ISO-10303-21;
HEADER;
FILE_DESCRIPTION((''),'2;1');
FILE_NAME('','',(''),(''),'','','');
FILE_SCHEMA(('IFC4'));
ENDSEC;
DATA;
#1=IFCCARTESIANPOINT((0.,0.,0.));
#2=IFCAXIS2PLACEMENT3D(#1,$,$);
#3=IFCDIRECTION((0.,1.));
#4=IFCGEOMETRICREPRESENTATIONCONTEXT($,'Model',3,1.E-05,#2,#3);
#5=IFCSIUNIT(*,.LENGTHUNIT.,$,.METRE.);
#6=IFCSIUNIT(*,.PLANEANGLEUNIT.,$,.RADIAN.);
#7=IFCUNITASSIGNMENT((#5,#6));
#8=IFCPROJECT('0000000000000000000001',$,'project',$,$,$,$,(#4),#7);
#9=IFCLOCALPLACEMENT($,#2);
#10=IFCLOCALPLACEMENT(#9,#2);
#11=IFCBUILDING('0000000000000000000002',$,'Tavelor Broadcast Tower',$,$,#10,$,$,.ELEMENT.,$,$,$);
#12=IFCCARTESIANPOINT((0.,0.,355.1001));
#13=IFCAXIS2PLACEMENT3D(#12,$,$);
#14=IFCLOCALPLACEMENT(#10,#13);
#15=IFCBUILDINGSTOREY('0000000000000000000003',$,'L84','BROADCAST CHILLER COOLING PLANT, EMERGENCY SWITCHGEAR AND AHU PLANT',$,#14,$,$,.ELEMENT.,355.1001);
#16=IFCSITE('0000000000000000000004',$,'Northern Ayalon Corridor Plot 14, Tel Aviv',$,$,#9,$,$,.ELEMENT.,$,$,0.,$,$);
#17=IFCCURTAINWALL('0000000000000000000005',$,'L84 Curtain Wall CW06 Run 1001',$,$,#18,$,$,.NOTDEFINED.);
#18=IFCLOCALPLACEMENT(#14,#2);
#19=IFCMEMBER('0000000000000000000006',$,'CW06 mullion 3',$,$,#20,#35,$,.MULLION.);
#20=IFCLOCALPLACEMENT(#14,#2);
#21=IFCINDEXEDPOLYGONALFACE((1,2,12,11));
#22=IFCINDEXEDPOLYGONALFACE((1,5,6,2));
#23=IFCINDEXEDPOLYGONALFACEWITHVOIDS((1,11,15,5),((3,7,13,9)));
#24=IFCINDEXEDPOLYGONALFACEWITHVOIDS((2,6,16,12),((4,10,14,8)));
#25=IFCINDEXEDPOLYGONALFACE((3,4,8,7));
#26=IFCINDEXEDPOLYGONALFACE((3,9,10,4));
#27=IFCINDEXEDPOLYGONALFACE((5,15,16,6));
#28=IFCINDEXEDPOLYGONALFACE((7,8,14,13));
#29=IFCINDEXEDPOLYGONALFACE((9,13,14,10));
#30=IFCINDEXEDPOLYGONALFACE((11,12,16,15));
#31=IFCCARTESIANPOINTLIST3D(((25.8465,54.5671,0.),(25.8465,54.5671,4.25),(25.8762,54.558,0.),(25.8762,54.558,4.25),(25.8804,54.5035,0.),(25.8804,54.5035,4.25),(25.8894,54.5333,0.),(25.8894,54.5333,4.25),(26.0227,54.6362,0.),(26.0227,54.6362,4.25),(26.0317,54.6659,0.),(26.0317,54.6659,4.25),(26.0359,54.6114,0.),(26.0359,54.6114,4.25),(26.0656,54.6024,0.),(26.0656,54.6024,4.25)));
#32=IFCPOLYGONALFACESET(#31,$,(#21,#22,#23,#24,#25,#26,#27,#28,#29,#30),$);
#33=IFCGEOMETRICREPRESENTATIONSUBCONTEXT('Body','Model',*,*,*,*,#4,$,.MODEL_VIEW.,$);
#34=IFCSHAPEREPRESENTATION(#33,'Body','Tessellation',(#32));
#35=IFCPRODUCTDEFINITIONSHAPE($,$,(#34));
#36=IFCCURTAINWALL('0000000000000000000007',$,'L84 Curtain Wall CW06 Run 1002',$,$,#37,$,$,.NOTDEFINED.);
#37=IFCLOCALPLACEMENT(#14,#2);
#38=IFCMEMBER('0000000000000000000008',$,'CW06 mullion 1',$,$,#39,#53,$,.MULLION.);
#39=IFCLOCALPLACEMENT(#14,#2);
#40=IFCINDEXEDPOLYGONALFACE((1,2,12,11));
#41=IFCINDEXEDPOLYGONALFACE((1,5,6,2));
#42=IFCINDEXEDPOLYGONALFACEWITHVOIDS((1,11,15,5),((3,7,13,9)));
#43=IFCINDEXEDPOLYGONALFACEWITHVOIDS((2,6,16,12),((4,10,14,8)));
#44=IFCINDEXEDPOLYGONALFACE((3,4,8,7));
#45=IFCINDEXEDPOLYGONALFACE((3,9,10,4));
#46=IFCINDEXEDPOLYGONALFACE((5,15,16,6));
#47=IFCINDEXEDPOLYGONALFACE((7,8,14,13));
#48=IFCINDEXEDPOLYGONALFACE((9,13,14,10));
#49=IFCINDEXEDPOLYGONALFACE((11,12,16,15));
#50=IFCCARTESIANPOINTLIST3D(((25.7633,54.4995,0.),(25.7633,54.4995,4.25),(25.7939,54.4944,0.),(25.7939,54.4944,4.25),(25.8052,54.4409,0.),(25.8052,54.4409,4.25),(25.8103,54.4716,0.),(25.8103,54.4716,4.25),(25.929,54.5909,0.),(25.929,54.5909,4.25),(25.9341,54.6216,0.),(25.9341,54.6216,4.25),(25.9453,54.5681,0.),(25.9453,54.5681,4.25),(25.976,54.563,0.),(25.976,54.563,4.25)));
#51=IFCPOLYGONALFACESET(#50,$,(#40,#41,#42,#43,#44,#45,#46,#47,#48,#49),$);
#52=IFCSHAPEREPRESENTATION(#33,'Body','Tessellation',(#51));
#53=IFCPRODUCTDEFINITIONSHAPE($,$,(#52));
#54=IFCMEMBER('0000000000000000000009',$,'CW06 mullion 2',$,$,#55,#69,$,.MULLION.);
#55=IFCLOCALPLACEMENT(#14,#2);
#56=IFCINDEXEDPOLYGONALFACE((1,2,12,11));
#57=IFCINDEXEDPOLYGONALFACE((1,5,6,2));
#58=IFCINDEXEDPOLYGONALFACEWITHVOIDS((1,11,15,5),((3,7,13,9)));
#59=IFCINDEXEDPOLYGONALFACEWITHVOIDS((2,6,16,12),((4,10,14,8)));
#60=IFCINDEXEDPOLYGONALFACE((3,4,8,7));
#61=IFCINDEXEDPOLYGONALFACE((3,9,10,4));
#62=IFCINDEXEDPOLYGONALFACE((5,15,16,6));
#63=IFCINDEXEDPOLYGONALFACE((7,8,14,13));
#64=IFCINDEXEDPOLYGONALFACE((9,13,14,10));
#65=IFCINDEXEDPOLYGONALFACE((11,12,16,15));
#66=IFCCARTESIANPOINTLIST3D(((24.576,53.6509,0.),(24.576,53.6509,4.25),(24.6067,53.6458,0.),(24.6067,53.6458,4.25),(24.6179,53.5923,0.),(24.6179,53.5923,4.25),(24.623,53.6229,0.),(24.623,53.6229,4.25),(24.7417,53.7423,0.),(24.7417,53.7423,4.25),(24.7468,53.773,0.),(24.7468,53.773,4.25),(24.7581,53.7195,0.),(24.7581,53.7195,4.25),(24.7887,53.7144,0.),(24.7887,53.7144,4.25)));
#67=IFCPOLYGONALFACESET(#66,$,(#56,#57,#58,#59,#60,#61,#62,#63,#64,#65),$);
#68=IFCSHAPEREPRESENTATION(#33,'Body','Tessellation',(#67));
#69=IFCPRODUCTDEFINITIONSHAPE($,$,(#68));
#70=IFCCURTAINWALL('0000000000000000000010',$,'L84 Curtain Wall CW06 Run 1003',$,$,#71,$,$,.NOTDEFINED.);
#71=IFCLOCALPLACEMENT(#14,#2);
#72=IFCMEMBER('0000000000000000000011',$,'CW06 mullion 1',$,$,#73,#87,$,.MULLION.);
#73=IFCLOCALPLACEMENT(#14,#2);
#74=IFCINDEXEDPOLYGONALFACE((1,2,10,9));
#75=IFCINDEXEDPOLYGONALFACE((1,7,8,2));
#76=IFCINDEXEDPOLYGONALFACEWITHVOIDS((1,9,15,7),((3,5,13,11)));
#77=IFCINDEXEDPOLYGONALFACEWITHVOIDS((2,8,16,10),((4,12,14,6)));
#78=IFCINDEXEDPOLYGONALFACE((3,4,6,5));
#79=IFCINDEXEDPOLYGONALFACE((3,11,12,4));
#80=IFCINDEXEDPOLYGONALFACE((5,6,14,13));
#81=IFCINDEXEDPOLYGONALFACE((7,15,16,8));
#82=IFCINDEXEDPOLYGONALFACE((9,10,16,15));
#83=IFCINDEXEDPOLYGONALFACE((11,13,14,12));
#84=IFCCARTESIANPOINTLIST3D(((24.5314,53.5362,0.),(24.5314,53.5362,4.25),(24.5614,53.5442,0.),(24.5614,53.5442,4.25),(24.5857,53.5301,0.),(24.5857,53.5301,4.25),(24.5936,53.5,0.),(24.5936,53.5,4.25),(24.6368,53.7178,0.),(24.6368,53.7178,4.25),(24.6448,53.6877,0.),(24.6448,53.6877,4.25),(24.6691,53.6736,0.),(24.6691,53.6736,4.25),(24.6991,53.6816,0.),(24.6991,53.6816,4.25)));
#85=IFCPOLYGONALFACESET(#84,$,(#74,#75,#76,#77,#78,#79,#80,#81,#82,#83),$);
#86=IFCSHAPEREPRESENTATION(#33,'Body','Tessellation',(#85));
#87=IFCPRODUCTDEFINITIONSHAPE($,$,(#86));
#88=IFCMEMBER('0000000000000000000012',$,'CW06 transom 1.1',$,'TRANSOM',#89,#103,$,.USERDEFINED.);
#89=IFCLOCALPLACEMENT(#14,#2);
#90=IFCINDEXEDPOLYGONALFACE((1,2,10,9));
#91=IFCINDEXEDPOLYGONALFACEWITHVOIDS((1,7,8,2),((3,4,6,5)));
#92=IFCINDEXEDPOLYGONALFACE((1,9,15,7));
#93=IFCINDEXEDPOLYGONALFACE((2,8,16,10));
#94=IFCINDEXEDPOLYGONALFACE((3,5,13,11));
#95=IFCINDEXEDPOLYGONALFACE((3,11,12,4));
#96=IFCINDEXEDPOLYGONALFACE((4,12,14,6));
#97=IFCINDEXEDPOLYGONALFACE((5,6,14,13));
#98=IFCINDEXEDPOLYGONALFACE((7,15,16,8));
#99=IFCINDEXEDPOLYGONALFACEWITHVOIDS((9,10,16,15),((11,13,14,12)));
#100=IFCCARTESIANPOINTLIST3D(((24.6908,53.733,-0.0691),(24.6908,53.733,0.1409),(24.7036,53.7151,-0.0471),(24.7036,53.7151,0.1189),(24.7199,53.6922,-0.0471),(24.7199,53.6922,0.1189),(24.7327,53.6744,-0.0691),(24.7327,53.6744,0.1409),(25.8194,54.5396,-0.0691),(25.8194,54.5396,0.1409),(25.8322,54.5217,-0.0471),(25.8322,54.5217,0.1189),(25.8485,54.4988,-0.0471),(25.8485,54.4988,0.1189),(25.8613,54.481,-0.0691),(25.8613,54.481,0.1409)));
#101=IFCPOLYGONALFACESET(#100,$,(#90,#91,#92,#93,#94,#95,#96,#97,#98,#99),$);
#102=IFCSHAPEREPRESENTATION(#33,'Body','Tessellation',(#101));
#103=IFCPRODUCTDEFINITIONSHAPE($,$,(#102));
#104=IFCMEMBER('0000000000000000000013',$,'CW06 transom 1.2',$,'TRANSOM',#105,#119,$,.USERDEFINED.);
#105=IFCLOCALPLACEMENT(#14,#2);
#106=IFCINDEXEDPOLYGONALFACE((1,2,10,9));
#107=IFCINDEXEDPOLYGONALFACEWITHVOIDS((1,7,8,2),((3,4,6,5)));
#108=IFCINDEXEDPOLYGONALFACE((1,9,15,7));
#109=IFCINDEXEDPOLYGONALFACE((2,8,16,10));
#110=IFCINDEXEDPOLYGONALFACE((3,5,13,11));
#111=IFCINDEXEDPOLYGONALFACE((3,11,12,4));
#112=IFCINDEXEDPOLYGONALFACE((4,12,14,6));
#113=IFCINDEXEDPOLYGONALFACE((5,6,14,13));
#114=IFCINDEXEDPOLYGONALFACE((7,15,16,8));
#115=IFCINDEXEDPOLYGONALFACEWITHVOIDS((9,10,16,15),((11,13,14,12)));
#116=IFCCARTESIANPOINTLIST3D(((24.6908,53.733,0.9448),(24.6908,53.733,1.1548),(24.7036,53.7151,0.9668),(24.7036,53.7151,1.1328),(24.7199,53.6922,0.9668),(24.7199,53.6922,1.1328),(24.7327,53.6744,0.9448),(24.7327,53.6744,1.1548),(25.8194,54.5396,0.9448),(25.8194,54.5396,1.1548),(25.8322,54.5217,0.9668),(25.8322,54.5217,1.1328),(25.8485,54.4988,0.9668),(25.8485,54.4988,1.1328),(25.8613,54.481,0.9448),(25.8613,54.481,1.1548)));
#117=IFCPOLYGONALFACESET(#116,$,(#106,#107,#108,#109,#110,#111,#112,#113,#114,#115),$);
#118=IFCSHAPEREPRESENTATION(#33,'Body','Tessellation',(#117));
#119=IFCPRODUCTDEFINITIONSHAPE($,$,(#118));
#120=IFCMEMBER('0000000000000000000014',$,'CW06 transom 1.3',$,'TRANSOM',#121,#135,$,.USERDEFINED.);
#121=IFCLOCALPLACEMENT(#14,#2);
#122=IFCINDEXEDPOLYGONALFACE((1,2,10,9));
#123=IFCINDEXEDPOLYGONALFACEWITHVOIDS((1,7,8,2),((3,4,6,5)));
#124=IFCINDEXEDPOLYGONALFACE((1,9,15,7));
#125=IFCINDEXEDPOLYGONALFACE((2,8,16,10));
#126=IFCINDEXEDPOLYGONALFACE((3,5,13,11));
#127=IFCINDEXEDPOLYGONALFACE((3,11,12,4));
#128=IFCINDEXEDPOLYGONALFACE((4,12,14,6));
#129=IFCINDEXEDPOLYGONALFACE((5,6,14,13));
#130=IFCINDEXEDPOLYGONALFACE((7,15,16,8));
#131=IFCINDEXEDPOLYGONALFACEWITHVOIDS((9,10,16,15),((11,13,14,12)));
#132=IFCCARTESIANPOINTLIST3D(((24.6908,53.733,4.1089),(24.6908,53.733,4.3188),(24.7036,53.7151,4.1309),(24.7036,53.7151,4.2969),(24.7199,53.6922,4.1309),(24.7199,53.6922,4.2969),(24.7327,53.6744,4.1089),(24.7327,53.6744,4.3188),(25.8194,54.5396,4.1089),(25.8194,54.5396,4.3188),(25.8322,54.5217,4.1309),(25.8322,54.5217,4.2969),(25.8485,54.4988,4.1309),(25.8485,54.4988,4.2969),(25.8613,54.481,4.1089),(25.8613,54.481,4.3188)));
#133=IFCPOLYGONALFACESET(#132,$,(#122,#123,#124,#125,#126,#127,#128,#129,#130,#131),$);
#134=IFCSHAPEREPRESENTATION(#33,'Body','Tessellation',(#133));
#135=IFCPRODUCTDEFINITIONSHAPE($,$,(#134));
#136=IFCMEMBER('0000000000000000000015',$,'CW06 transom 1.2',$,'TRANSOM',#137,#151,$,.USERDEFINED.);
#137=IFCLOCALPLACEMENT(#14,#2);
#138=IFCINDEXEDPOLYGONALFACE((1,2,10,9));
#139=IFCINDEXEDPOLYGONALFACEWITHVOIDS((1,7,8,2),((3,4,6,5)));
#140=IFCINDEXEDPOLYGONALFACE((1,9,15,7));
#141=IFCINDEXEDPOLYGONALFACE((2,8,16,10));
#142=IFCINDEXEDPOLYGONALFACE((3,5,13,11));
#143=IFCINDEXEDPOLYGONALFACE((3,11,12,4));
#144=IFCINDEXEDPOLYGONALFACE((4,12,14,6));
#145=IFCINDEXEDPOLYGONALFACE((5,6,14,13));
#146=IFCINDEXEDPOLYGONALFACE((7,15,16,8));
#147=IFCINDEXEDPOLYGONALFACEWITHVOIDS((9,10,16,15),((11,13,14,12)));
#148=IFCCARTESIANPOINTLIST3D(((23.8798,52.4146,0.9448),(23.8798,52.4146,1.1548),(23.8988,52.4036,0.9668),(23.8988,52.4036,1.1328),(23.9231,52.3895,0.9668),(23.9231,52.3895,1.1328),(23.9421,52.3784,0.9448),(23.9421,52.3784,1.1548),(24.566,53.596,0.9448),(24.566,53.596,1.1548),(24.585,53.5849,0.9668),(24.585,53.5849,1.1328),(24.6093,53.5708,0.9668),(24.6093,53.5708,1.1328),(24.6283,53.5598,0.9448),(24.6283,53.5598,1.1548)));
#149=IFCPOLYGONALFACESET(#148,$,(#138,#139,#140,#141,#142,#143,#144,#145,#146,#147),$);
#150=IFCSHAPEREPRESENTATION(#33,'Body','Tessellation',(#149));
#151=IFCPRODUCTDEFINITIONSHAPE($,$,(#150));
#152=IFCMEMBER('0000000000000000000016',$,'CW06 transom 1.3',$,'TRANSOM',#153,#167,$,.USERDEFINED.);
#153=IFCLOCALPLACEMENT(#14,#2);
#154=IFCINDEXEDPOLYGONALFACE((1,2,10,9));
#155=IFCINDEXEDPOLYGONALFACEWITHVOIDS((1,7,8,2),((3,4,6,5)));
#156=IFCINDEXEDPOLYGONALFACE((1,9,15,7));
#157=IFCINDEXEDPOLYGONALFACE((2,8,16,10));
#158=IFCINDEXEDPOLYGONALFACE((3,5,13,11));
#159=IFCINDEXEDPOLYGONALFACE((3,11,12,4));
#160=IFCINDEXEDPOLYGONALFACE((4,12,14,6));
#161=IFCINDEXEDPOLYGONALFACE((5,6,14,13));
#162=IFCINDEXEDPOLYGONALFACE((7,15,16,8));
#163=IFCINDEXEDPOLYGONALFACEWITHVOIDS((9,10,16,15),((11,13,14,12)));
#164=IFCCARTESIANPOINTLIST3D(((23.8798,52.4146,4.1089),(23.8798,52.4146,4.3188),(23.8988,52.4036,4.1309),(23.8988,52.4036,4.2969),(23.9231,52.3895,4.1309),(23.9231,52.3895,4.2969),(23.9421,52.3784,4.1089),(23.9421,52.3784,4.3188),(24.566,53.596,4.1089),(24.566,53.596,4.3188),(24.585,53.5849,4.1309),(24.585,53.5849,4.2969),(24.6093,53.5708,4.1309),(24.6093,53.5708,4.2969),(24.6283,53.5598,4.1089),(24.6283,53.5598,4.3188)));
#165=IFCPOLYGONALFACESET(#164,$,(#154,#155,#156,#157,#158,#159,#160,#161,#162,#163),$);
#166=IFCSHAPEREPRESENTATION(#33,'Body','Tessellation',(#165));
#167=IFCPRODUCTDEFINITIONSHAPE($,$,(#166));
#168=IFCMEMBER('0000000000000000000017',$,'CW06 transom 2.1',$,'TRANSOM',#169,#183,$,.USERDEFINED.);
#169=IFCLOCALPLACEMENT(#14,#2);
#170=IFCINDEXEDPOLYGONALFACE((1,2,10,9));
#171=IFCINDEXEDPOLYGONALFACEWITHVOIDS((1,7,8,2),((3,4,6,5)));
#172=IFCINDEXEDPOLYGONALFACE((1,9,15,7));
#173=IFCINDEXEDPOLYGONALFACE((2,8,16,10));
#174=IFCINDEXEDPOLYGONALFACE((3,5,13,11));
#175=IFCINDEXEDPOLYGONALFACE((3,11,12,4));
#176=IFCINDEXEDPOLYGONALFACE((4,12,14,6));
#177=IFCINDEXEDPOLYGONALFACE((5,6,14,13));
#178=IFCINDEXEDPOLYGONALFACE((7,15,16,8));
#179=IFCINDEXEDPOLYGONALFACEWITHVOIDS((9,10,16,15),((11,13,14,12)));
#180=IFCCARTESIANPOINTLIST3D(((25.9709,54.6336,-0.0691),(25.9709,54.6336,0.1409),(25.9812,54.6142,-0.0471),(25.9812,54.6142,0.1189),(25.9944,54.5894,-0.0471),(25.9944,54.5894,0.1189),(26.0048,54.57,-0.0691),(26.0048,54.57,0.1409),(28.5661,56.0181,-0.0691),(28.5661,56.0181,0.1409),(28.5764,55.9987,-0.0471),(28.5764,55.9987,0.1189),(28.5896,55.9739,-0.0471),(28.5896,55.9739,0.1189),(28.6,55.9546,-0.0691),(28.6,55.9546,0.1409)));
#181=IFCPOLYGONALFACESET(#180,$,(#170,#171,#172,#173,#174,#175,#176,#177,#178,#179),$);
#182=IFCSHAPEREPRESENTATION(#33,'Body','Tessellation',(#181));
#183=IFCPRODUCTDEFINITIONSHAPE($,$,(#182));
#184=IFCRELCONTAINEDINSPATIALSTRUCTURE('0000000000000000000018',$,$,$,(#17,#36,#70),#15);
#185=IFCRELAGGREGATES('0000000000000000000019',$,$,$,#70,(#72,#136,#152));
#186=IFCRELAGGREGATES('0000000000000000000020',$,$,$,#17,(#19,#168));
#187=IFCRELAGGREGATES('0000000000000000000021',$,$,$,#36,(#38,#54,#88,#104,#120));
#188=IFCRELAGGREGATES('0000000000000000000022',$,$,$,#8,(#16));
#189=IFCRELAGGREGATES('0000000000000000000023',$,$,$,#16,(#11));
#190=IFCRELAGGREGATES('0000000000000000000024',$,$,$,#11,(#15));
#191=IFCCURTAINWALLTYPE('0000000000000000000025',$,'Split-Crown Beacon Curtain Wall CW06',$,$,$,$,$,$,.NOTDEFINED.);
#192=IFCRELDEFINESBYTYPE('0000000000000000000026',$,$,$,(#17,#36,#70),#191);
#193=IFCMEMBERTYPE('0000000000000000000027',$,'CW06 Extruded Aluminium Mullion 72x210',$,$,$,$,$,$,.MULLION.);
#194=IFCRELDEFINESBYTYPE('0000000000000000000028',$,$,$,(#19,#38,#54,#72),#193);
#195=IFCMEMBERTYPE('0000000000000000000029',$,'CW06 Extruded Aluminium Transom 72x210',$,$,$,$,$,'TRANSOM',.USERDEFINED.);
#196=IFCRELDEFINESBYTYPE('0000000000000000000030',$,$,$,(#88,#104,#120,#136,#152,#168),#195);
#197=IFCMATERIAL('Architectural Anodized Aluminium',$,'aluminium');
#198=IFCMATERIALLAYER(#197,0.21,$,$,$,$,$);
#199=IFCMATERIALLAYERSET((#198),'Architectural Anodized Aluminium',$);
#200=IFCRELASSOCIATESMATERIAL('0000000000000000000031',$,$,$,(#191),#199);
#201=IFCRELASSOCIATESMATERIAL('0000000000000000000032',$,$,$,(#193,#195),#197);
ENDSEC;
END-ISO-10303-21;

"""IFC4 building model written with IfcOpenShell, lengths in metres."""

from ifc_helpers import new_model, si_unit, direction, frame, origin, origin_2d, place, context, subcontext, project, spatial, hollow_rectangle, extrude, source, transform, mapped, material, layer, layer_set, material_profile, profile_set, type_object, type_shapes, element, aggregate, save


model = new_model("IFC4")

# Units and contexts
model_context = context("Model", 3, precision=1e-05, world=origin(), true_north=direction((0.0, 1.0)))
body_context = subcontext(model_context, "Body", "Model", "MODEL_VIEW")
ifc_project = project(units=[si_unit("LENGTHUNIT", "METRE"), si_unit("PLANEANGLEUNIT", "RADIAN")], contexts=[model_context])

# Site, building, storey
site_placement = place(None, origin())
site = spatial("IfcSite", under=ifc_project, at=site_placement, Name="Northern Ayalon Corridor Plot 14, Tel Aviv", CompositionType="ELEMENT", RefElevation=0.0)
building_placement = place(site_placement, origin())
building = spatial("IfcBuilding", under=site, at=building_placement, Name="Tavelor Broadcast Tower", CompositionType="ELEMENT")
storey_placement = place(building_placement, frame((0.0, 0.0, 355.1001)))
storey = spatial("IfcBuildingStorey", under=building, at=storey_placement, Name="L84", Description="BROADCAST CHILLER COOLING PLANT, EMERGENCY SWITCHGEAR AND AHU PLANT", CompositionType="ELEMENT", Elevation=355.1001)

# Curtain wall, member
ifc_material_1 = material(Name="Architectural Anodized Aluminium", Category="aluminium")
ifc_layer_1 = layer(ifc_material_1, 0.21)
ifc_layer_set_1 = layer_set([ifc_layer_1], Name="Architectural Anodized Aluminium")
curtain_wall_type = type_object("IfcCurtainWallType", Name="Split-Crown Beacon Curtain Wall CW06", PredefinedType="NOTDEFINED", material=ifc_layer_set_1)
curtain_wall_1_placement = place(storey_placement, origin())
curtain_wall_1 = element("IfcCurtainWall", 1, at=curtain_wall_1_placement, inside=storey, type_object=curtain_wall_type, Name="L84 Curtain Wall CW06 Run 1001", PredefinedType="NOTDEFINED")
ifc_material_profile_1 = material_profile(ifc_material_1, hollow_rectangle(XDim=0.072, YDim=0.21, WallThickness=0.022, at=origin_2d()), Name="RHS 72x210x22")
ifc_profile_set_1 = profile_set([ifc_material_profile_1], Name="Architectural Anodized Aluminium")
member_type_1 = type_object("IfcMemberType", Name="CW06 Extruded Aluminium Mullion 72x210", PredefinedType="MULLION", material=ifc_profile_set_1)
shared_shape_1 = source(origin(), body_context, "Body", "SweptSolid", [
    extrude(hollow_rectangle(XDim=0.072, YDim=0.21, WallThickness=0.022, at=origin_2d()), origin(), (0.0, 0.0, 1.0), 4.25),
])
type_shapes(member_type_1, [shared_shape_1])
member_1_placement = place(storey_placement, frame((25.9561, 54.5847, 0.0), z_axis=(0.0, 0.0, 1.0), x_axis=(0.470713, -0.882286, 0.0)))
member_1 = element("IfcMember", 2, at=member_1_placement, type_object=member_type_1, Name="CW06 mullion 3", PredefinedType="MULLION", context=body_context, shape_type="MappedRepresentation", body=[
    mapped(shared_shape_1, transform((0.0, 0.0, 0.0), scale=1.0)),
])

# Curtain wall, members
curtain_wall_2_placement = place(storey_placement, origin())
curtain_wall_2 = element("IfcCurtainWall", 3, at=curtain_wall_2_placement, inside=storey, type_object=curtain_wall_type, Name="L84 Curtain Wall CW06 Run 1002", PredefinedType="NOTDEFINED")
member_2_placement = place(storey_placement, frame((25.8696, 54.5312, 0.0), z_axis=(0.0, 0.0, 1.0), x_axis=(0.58143, -0.813597, 0.0)))
member_2 = element("IfcMember", 4, at=member_2_placement, type_object=member_type_1, Name="CW06 mullion 1", PredefinedType="MULLION", context=body_context, shape_type="MappedRepresentation", body=[
    mapped(shared_shape_1, transform((0.0, 0.0, 0.0), scale=1.0)),
])
member_3_placement = place(storey_placement, frame((24.6824, 53.6826, 0.0), z_axis=(0.0, 0.0, 1.0), x_axis=(0.58143, -0.813597, 0.0)))
member_3 = element("IfcMember", 5, at=member_3_placement, type_object=member_type_1, Name="CW06 mullion 2", PredefinedType="MULLION", context=body_context, shape_type="MappedRepresentation", body=[
    mapped(shared_shape_1, transform((0.0, 0.0, 0.0), scale=1.0)),
])

# Curtain wall, member
curtain_wall_3_placement = place(storey_placement, origin())
curtain_wall_3 = element("IfcCurtainWall", 6, at=curtain_wall_3_placement, inside=storey, type_object=curtain_wall_type, Name="L84 Curtain Wall CW06 Run 1003", PredefinedType="NOTDEFINED")
member_4_placement = place(storey_placement, frame((24.6152, 53.6089, 0.0), z_axis=(0.0, 0.0, 1.0), x_axis=(0.864676, -0.50233, 0.0)))
member_4 = element("IfcMember", 7, at=member_4_placement, type_object=member_type_1, Name="CW06 mullion 1", PredefinedType="MULLION", context=body_context, shape_type="MappedRepresentation", body=[
    mapped(shared_shape_1, transform((0.0, 0.0, 0.0), scale=1.0)),
])

# Members
ifc_material_profile_2 = material_profile(ifc_material_1, hollow_rectangle(XDim=0.072, YDim=0.21, WallThickness=0.022, at=origin_2d()), Name="RHS 72x210x22")
ifc_profile_set_2 = profile_set([ifc_material_profile_2], Name="Architectural Anodized Aluminium")
member_type_2 = type_object("IfcMemberType", Name="CW06 Extruded Aluminium Transom 72x210", ElementType="TRANSOM", PredefinedType="USERDEFINED", material=ifc_profile_set_2)
shared_shape_2 = source(origin(), body_context, "Body", "SweptSolid", [
    extrude(hollow_rectangle(XDim=0.072, YDim=0.21, WallThickness=0.022, at=origin_2d()), origin(), (0.0, 0.0, 1.0), 1.3872),
])
member_5_placement = place(storey_placement, frame((25.8403, 54.5103, 0.0359), z_axis=(-0.813579, -0.581455, 0.0), x_axis=(0.581455, -0.813579, 0.0)))
member_5 = element("IfcMember", 8, at=member_5_placement, type_object=member_type_2, Name="CW06 transom 1.1", ObjectType="TRANSOM", PredefinedType="USERDEFINED", context=body_context, shape_type="MappedRepresentation", body=[
    mapped(shared_shape_2, transform((0.0, 0.0, 0.0), scale=1.0)),
])
member_6_placement = place(storey_placement, frame((25.8403, 54.5103, 1.0498), z_axis=(-0.813579, -0.581455, 0.0), x_axis=(0.581455, -0.813579, 0.0)))
member_6 = element("IfcMember", 9, at=member_6_placement, type_object=member_type_2, Name="CW06 transom 1.2", ObjectType="TRANSOM", PredefinedType="USERDEFINED", context=body_context, shape_type="MappedRepresentation", body=[
    mapped(shared_shape_2, transform((0.0, 0.0, 0.0), scale=1.0)),
])
member_7_placement = place(storey_placement, frame((25.8403, 54.5103, 4.2139), z_axis=(-0.813579, -0.581455, 0.0), x_axis=(0.581455, -0.813579, 0.0)))
member_7 = element("IfcMember", 10, at=member_7_placement, type_object=member_type_2, Name="CW06 transom 1.3", ObjectType="TRANSOM", PredefinedType="USERDEFINED", context=body_context, shape_type="MappedRepresentation", body=[
    mapped(shared_shape_2, transform((0.0, 0.0, 0.0), scale=1.0)),
])
shared_shape_3 = source(origin(), body_context, "Body", "SweptSolid", [
    extrude(hollow_rectangle(XDim=0.072, YDim=0.21, WallThickness=0.022, at=origin_2d()), origin(), (0.0, 0.0, 1.0), 1.3662),
])
member_8_placement = place(storey_placement, frame((24.5972, 53.5779, 1.0498), z_axis=(-0.502304, -0.864691, 0.0), x_axis=(0.864691, -0.502304, 0.0)))
member_8 = element("IfcMember", 11, at=member_8_placement, type_object=member_type_2, Name="CW06 transom 1.2", ObjectType="TRANSOM", PredefinedType="USERDEFINED", context=body_context, shape_type="MappedRepresentation", body=[
    mapped(shared_shape_3, transform((0.0, 0.0, 0.0), scale=1.0)),
])
member_9_placement = place(storey_placement, frame((24.5972, 53.5779, 4.2139), z_axis=(-0.502304, -0.864691, 0.0), x_axis=(0.864691, -0.502304, 0.0)))
member_9 = element("IfcMember", 12, at=member_9_placement, type_object=member_type_2, Name="CW06 transom 1.3", ObjectType="TRANSOM", PredefinedType="USERDEFINED", context=body_context, shape_type="MappedRepresentation", body=[
    mapped(shared_shape_3, transform((0.0, 0.0, 0.0), scale=1.0)),
])
aggregate(curtain_wall_3, [member_4, member_8, member_9])
shared_shape_4 = source(origin(), body_context, "Body", "SweptSolid", [
    extrude(hollow_rectangle(XDim=0.072, YDim=0.21, WallThickness=0.022, at=origin_2d()), origin(), (0.0, 0.0, 1.0), 2.9414),
])
type_shapes(member_type_2, [shared_shape_2, shared_shape_3, shared_shape_4])
member_10_placement = place(storey_placement, frame((28.583, 55.9863, 0.0359), z_axis=(-0.882295, -0.470696, 0.0), x_axis=(0.470696, -0.882295, 0.0)))
member_10 = element("IfcMember", 13, at=member_10_placement, type_object=member_type_2, Name="CW06 transom 2.1", ObjectType="TRANSOM", PredefinedType="USERDEFINED", context=body_context, shape_type="MappedRepresentation", body=[
    mapped(shared_shape_4, transform((0.0, 0.0, 0.0), scale=1.0)),
])

aggregate(curtain_wall_1, [member_1, member_10])
aggregate(curtain_wall_2, [member_2, member_3, member_5, member_6, member_7])

save(model, "model.ifc")
